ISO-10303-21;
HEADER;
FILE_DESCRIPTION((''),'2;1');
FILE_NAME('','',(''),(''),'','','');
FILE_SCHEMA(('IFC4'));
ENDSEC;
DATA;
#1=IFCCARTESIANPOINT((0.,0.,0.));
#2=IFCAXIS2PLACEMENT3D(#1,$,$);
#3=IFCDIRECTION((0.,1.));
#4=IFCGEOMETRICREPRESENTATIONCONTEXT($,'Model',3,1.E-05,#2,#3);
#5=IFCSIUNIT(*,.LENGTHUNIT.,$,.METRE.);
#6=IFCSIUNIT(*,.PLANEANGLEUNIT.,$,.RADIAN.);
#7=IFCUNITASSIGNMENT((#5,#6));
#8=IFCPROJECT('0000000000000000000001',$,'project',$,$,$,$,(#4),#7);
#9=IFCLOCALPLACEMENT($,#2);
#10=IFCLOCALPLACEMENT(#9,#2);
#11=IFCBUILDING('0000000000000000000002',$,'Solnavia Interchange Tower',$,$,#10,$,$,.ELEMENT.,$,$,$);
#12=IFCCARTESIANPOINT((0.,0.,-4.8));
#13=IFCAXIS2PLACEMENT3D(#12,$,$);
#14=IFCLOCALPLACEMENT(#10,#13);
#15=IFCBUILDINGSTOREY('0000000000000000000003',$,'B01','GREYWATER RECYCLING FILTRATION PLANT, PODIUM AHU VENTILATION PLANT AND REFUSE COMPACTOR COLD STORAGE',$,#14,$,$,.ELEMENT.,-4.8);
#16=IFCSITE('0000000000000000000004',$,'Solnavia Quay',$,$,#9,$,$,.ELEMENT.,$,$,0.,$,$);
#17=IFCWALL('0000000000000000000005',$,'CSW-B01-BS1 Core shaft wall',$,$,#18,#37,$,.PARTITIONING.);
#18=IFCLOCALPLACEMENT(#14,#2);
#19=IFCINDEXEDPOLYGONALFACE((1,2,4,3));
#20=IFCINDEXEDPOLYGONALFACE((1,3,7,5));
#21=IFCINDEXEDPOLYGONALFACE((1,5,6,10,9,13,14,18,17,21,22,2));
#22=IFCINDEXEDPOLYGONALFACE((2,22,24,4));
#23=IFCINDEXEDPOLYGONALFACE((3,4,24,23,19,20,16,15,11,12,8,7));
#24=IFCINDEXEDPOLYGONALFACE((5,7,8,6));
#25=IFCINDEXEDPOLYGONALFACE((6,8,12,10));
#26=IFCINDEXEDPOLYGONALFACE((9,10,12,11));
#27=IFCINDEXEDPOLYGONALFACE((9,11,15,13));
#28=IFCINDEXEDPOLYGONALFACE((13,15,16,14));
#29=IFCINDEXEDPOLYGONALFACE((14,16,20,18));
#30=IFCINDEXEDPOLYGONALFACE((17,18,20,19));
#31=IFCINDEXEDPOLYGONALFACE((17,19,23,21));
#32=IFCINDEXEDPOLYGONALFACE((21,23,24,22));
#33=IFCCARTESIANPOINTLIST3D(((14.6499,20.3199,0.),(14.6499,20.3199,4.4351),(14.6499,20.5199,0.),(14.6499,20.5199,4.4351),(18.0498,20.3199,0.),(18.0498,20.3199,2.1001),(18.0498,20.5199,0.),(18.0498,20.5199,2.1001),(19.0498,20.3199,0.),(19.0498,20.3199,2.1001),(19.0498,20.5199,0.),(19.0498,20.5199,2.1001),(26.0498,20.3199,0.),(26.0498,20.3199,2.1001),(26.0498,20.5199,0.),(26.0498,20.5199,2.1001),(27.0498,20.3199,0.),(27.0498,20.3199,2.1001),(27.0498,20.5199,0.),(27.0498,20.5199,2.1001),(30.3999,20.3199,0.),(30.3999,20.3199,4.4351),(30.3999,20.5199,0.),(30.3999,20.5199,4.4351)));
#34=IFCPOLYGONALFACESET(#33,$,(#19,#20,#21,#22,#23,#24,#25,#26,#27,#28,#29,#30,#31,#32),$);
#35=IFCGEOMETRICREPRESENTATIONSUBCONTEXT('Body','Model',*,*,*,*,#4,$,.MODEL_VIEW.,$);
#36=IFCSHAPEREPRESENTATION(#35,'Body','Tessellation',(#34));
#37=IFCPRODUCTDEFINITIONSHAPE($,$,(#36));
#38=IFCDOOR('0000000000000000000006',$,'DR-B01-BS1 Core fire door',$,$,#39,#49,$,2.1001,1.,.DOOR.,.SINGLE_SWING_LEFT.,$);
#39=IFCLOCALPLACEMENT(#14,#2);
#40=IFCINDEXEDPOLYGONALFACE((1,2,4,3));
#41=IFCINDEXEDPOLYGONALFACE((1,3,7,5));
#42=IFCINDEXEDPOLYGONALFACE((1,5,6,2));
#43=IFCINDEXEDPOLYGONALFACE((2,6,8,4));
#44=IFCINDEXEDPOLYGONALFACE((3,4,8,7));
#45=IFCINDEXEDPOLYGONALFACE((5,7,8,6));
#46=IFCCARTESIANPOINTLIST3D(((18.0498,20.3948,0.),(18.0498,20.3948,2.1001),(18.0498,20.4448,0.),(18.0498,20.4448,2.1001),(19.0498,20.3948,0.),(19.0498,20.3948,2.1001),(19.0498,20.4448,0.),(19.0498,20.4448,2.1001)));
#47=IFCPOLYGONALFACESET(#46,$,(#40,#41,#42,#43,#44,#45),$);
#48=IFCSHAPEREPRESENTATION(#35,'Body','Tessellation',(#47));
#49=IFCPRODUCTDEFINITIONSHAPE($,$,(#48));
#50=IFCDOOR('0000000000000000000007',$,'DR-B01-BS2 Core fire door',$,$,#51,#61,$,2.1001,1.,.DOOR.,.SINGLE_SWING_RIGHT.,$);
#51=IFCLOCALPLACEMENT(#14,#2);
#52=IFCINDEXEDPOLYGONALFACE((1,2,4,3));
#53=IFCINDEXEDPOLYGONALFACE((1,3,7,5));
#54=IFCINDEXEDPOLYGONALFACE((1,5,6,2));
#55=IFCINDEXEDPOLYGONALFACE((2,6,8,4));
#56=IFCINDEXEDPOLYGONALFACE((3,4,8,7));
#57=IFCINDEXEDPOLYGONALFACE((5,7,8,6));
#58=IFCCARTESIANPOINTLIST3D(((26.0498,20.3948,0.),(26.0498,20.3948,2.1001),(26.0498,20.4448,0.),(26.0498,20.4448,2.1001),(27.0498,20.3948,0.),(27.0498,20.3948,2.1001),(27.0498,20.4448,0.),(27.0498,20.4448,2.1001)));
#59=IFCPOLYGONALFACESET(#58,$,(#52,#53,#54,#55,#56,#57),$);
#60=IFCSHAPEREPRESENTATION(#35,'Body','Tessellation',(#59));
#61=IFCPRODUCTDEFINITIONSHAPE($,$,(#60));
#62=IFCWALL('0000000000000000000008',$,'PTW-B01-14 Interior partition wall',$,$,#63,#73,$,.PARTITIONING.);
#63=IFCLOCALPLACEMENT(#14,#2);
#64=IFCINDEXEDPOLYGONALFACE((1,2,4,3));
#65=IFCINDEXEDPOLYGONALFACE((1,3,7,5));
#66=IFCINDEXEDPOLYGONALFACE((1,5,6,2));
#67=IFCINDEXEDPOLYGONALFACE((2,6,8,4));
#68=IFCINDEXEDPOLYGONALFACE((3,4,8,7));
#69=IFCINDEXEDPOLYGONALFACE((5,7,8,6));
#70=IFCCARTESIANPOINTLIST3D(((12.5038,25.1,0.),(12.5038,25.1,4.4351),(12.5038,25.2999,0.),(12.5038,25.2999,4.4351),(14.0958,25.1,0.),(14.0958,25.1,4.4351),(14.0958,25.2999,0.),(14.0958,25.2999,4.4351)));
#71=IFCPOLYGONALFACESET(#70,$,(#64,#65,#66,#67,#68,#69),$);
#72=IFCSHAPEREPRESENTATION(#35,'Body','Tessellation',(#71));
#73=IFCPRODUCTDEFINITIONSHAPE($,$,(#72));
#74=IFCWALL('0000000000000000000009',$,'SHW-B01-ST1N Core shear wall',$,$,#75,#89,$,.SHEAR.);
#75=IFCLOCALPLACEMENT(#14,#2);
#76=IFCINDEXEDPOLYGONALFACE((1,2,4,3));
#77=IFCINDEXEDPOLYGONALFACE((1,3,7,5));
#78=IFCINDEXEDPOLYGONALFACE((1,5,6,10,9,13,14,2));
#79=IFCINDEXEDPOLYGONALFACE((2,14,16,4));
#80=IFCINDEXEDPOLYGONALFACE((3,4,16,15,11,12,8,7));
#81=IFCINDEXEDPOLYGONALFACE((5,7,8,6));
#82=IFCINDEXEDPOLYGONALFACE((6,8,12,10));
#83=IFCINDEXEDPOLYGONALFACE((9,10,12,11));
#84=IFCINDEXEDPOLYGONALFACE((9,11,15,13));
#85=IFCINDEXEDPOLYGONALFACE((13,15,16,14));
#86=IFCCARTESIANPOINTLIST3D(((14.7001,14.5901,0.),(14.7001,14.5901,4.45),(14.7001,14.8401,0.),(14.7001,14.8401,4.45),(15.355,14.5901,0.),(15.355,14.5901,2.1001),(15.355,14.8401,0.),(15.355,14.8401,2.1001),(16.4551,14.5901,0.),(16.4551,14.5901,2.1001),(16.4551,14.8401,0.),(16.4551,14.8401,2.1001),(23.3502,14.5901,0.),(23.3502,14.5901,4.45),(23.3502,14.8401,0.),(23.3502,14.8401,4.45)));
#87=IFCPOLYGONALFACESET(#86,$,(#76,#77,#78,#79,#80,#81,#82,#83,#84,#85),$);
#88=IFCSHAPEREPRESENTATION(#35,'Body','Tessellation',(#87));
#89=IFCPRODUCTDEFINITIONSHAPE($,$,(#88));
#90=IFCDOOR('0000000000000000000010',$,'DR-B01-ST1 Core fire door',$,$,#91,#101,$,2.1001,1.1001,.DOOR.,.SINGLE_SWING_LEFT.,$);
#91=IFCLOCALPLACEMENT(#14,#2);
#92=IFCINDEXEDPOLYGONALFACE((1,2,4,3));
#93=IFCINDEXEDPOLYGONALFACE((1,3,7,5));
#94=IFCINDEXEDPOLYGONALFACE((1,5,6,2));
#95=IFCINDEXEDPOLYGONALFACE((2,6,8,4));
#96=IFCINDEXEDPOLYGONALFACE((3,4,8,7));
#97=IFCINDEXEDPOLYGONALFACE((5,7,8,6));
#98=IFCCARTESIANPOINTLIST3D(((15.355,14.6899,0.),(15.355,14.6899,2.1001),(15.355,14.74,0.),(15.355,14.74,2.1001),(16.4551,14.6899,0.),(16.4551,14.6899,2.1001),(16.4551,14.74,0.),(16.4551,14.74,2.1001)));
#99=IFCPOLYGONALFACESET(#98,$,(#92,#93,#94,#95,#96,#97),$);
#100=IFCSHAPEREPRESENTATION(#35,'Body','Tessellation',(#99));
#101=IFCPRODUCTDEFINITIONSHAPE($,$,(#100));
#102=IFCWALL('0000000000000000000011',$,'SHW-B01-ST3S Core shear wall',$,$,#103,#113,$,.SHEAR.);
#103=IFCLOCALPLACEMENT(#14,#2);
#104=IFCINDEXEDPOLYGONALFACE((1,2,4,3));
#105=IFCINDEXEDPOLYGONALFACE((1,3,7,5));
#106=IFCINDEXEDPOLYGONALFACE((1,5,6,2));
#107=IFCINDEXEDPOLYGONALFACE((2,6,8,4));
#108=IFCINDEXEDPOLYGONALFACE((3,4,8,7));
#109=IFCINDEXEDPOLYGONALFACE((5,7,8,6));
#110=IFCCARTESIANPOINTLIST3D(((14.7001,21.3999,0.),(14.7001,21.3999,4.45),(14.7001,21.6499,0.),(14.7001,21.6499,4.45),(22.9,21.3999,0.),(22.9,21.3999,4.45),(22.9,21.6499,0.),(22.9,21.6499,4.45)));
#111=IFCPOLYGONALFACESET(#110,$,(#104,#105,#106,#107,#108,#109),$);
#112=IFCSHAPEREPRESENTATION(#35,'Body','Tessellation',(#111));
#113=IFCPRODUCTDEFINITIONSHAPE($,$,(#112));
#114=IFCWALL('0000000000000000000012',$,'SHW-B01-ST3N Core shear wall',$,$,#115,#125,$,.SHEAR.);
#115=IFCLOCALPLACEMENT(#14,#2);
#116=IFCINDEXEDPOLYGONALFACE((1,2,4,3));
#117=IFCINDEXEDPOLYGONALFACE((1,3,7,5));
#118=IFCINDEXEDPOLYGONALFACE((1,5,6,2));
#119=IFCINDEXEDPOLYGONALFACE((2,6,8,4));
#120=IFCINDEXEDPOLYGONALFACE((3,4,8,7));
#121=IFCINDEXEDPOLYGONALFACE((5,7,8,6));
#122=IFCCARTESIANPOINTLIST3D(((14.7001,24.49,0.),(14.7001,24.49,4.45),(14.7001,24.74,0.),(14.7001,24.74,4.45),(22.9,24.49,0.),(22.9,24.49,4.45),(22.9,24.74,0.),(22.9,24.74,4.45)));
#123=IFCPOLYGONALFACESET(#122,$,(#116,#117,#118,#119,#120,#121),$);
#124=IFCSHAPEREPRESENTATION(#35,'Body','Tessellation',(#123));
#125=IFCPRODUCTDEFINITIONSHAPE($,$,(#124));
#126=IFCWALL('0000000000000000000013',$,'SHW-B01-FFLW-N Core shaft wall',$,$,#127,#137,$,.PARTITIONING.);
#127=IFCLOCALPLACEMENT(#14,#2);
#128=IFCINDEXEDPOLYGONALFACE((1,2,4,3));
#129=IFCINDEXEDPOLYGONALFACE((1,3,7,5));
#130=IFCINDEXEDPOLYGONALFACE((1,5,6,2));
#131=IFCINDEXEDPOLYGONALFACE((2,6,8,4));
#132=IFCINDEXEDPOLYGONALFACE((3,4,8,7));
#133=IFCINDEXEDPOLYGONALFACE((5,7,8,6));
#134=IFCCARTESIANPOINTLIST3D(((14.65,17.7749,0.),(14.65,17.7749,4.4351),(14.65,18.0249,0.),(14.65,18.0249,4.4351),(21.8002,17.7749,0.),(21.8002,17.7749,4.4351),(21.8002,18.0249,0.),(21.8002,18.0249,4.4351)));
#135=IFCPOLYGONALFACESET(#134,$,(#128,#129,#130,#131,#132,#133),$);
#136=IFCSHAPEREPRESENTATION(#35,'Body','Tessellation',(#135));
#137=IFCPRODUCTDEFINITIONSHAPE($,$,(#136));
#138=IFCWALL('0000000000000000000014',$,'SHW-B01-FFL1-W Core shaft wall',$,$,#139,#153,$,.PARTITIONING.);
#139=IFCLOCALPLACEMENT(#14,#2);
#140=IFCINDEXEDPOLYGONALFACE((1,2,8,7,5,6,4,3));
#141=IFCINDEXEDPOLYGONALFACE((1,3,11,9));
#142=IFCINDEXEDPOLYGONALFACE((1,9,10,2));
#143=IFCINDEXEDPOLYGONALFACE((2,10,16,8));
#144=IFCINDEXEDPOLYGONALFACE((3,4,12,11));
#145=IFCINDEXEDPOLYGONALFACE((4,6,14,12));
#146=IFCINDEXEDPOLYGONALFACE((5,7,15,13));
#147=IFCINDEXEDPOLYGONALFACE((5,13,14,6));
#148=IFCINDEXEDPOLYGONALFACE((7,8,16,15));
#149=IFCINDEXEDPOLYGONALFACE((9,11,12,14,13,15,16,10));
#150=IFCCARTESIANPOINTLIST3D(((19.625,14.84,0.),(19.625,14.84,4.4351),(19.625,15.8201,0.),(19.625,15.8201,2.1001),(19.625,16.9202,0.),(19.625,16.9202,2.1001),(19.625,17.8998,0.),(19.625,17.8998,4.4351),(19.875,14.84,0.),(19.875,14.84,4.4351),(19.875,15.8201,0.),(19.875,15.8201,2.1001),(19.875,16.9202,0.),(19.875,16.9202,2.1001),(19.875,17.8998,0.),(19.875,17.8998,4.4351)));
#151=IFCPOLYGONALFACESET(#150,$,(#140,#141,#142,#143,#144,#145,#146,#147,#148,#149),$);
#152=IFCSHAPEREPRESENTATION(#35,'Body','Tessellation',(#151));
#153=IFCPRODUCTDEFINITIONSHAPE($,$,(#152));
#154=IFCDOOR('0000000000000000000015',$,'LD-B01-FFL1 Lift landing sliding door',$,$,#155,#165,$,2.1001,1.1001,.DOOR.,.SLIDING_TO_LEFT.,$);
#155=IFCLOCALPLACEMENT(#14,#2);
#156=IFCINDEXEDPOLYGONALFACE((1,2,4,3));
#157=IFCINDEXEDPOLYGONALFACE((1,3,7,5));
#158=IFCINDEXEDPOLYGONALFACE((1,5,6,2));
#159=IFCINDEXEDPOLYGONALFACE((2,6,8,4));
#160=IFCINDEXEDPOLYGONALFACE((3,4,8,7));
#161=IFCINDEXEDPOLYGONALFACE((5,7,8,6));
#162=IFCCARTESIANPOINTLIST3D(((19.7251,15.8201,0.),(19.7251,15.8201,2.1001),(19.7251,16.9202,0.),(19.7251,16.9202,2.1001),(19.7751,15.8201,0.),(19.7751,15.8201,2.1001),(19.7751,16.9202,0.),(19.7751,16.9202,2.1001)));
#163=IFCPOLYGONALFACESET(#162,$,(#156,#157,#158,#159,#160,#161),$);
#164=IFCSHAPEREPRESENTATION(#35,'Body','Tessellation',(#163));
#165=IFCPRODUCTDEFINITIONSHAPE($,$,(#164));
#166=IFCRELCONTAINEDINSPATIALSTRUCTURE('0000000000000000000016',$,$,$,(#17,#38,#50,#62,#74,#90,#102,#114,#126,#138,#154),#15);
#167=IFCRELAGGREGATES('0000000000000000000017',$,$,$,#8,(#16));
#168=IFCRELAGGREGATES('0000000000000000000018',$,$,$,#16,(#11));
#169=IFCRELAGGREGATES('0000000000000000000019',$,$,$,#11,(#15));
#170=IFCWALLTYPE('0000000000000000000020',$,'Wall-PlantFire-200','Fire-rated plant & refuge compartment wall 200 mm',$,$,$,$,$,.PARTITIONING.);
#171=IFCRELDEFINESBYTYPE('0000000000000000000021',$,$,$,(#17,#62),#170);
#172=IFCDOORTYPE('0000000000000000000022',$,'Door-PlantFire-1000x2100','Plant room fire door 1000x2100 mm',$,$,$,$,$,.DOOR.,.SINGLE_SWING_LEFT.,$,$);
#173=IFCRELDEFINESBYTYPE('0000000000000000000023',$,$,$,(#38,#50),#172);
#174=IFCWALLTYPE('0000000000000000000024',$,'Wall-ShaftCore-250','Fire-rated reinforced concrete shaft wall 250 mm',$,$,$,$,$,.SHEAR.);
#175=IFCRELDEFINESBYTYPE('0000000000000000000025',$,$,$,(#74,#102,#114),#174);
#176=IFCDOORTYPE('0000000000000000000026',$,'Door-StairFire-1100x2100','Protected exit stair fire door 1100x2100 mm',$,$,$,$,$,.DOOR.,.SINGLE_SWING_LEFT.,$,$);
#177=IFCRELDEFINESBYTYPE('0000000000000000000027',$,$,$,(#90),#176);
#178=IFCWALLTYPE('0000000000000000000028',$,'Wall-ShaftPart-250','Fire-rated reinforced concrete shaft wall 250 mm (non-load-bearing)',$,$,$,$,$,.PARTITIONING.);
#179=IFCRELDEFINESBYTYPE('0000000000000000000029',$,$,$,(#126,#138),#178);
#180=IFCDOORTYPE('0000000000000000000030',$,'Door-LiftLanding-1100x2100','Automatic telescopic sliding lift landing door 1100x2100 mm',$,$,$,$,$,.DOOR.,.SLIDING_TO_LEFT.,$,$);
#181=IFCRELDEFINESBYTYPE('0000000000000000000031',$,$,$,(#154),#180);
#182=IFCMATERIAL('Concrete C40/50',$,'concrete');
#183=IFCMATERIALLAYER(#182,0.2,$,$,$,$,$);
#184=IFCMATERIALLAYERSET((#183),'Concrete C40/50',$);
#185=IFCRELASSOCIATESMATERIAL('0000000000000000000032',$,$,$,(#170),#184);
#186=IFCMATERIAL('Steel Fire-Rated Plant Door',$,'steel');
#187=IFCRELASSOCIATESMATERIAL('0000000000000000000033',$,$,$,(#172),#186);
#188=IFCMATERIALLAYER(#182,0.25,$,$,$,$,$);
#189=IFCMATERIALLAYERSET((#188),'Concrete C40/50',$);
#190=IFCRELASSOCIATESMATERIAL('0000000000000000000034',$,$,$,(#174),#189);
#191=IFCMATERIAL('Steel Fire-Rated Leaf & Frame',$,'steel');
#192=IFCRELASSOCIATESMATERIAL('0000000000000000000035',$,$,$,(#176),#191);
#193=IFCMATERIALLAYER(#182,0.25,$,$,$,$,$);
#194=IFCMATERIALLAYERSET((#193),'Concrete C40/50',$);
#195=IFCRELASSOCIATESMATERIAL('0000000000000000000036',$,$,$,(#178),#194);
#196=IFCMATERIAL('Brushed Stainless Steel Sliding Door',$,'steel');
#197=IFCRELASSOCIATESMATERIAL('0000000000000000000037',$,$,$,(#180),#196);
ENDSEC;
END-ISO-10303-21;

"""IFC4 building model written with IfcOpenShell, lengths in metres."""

from ifc_helpers import new_model, si_unit, direction, frame, frame_2d, origin, place, context, subcontext, project, spatial, rectangle, extrude, material, layer, layer_set, type_object, element, fill, save


model = new_model("IFC4")

# Units and contexts
model_context = context("Model", 3, precision=1e-05, world=origin(), true_north=direction((0.0, 1.0)))
body_context = subcontext(model_context, "Body", "Model", "MODEL_VIEW")
ifc_project = project(units=[si_unit("LENGTHUNIT", "METRE"), si_unit("PLANEANGLEUNIT", "RADIAN")], contexts=[model_context])

# Site, building, storey
site_placement = place(None, origin())
site = spatial("IfcSite", under=ifc_project, at=site_placement, Name="Solnavia Quay", CompositionType="ELEMENT", RefElevation=0.0)
building_placement = place(site_placement, origin())
building = spatial("IfcBuilding", under=site, at=building_placement, Name="Solnavia Interchange Tower", CompositionType="ELEMENT")
storey_placement = place(building_placement, frame((0.0, 0.0, -4.8)))
storey = spatial("IfcBuildingStorey", under=building, at=storey_placement, Name="B01", Description="GREYWATER RECYCLING FILTRATION PLANT, PODIUM AHU VENTILATION PLANT AND REFUSE COMPACTOR COLD STORAGE", CompositionType="ELEMENT", Elevation=-4.8)

# Wall, openings, doors
ifc_material_1 = material(Name="Concrete C40/50", Category="concrete")
ifc_layer_1 = layer(ifc_material_1, 0.2)
ifc_layer_set_1 = layer_set([ifc_layer_1], Name="Concrete C40/50")
wall_type_1 = type_object("IfcWallType", Name="Wall-PlantFire-200", Description="Fire-rated plant & refuge compartment wall 200 mm", PredefinedType="PARTITIONING", material=ifc_layer_set_1)
wall_1_placement = place(storey_placement, frame((14.6499, 20.4199, 0.0), z_axis=(0.0, 0.0, 1.0), x_axis=(1.0, 0.0, 0.0)))
wall_1 = element("IfcWall", 1, at=wall_1_placement, inside=storey, type_object=wall_type_1, Name="CSW-B01-BS1 Core shaft wall", PredefinedType="PARTITIONING", context=body_context, shape_type="SweptSolid", body=[
    extrude(rectangle(XDim=15.75, YDim=0.2, at=frame_2d((7.875, 0.0))), origin(), (0.0, 0.0, 1.0), 4.4351),
])
opening_1_placement = place(wall_1_placement, frame((3.3999, 0.0, 0.0)))
opening_1 = element("IfcOpeningElement", 2, at=opening_1_placement, cuts=wall_1, PredefinedType="OPENING", context=body_context, shape_type="SweptSolid", body=[
    extrude(rectangle(XDim=1.0, YDim=2.1001, at=frame_2d((0.5, 1.05))), frame((0.0, 0.1099, 0.0), z_axis=(0.0, -1.0, 0.0), x_axis=(1.0, 0.0, 0.0)), (0.0, 0.0, 1.0), 0.22),
])
opening_2_placement = place(wall_1_placement, frame((11.3999, 0.0, 0.0)))
opening_2 = element("IfcOpeningElement", 3, at=opening_2_placement, cuts=wall_1, PredefinedType="OPENING", context=body_context, shape_type="SweptSolid", body=[
    extrude(rectangle(XDim=1.0, YDim=2.1001, at=frame_2d((0.5, 1.05))), frame((0.0, 0.1099, 0.0), z_axis=(0.0, -1.0, 0.0), x_axis=(1.0, 0.0, 0.0)), (0.0, 0.0, 1.0), 0.22),
])
ifc_material_2 = material(Name="Steel Fire-Rated Plant Door", Category="steel")
door_type_1 = type_object("IfcDoorType", Name="Door-PlantFire-1000x2100", Description="Plant room fire door 1000x2100 mm", OperationType="SINGLE_SWING_LEFT", PredefinedType="DOOR", material=ifc_material_2)
door_1_placement = place(opening_1_placement, origin())
door_1 = element("IfcDoor", 4, at=door_1_placement, inside=storey, type_object=door_type_1, Name="DR-B01-BS1 Core fire door", OperationType="SINGLE_SWING_LEFT", OverallHeight=2.1001, OverallWidth=1.0, PredefinedType="DOOR", context=body_context, shape_type="SweptSolid", body=[
    extrude(rectangle(XDim=1.0, YDim=2.1001, at=frame_2d((0.5, 1.05))), frame((0.0, 0.0249, 0.0), z_axis=(0.0, -1.0, 0.0), x_axis=(1.0, 0.0, 0.0)), (0.0, 0.0, 1.0), 0.05),
])
fill(opening_1, door_1)
door_2_placement = place(opening_2_placement, origin())
door_2 = element("IfcDoor", 5, at=door_2_placement, inside=storey, type_object=door_type_1, Name="DR-B01-BS2 Core fire door", OperationType="SINGLE_SWING_RIGHT", OverallHeight=2.1001, OverallWidth=1.0, PredefinedType="DOOR", context=body_context, shape_type="SweptSolid", body=[
    extrude(rectangle(XDim=1.0, YDim=2.1001, at=frame_2d((0.5, 1.05))), frame((0.0, 0.0249, 0.0), z_axis=(0.0, -1.0, 0.0), x_axis=(1.0, 0.0, 0.0)), (0.0, 0.0, 1.0), 0.05),
])
fill(opening_2, door_2)

# Wall
wall_2_placement = place(storey_placement, frame((12.5039, 25.2, 0.0), z_axis=(0.0, 0.0, 1.0), x_axis=(1.0, 0.0, 0.0)))
element("IfcWall", 6, at=wall_2_placement, inside=storey, type_object=wall_type_1, Name="PTW-B01-14 Interior partition wall", PredefinedType="PARTITIONING", context=body_context, shape_type="SweptSolid", body=[
    extrude(rectangle(XDim=1.592, YDim=0.2, at=frame_2d((0.7959, 0.0))), origin(), (0.0, 0.0, 1.0), 4.4351),
])

# Wall, opening, door
ifc_layer_2 = layer(ifc_material_1, 0.25)
ifc_layer_set_2 = layer_set([ifc_layer_2], Name="Concrete C40/50")
wall_type_2 = type_object("IfcWallType", Name="Wall-ShaftCore-250", Description="Fire-rated reinforced concrete shaft wall 250 mm", PredefinedType="SHEAR", material=ifc_layer_set_2)
wall_3_placement = place(storey_placement, frame((14.7, 14.7151, 0.0), z_axis=(0.0, 0.0, 1.0), x_axis=(1.0, 0.0, 0.0)))
wall_3 = element("IfcWall", 7, at=wall_3_placement, inside=storey, type_object=wall_type_2, Name="SHW-B01-ST1N Core shear wall", PredefinedType="SHEAR", context=body_context, shape_type="SweptSolid", body=[
    extrude(rectangle(XDim=8.6501, YDim=0.25, at=frame_2d((4.3252, 0.0))), origin(), (0.0, 0.0, 1.0), 4.45),
])
opening_3_placement = place(wall_3_placement, frame((0.655, 0.0, 0.0)))
opening_3 = element("IfcOpeningElement", 8, at=opening_3_placement, cuts=wall_3, PredefinedType="OPENING", context=body_context, shape_type="SweptSolid", body=[
    extrude(rectangle(XDim=1.1001, YDim=2.1001, at=frame_2d((0.55, 1.05))), frame((0.0, 0.135, 0.0), z_axis=(0.0, -1.0, 0.0), x_axis=(1.0, 0.0, 0.0)), (0.0, 0.0, 1.0), 0.27),
])
ifc_material_3 = material(Name="Steel Fire-Rated Leaf & Frame", Category="steel")
door_type_2 = type_object("IfcDoorType", Name="Door-StairFire-1100x2100", Description="Protected exit stair fire door 1100x2100 mm", OperationType="SINGLE_SWING_LEFT", PredefinedType="DOOR", material=ifc_material_3)
door_3_placement = place(opening_3_placement, origin())
door_3 = element("IfcDoor", 9, at=door_3_placement, inside=storey, type_object=door_type_2, Name="DR-B01-ST1 Core fire door", OperationType="SINGLE_SWING_LEFT", OverallHeight=2.1001, OverallWidth=1.1001, PredefinedType="DOOR", context=body_context, shape_type="SweptSolid", body=[
    extrude(rectangle(XDim=1.1001, YDim=2.1001, at=frame_2d((0.55, 1.05))), frame((0.0, 0.0249, 0.0), z_axis=(0.0, -1.0, 0.0), x_axis=(1.0, 0.0, 0.0)), (0.0, 0.0, 1.0), 0.05),
])
fill(opening_3, door_3)

# Walls
for number, where, z_axis, x_axis, name in (
    (10, (14.7, 21.5249, 0.0), (0.0, 0.0, 1.0), (1.0, 0.0, 0.0), "SHW-B01-ST3S Core shear wall"),
    (11, (14.7, 24.615, 0.0), (0.0, 0.0, 1.0), (1.0, 0.0, 0.0), "SHW-B01-ST3N Core shear wall"),
):
    element("IfcWall", number, at=place(storey_placement, frame(where, z_axis=z_axis, x_axis=x_axis)), inside=storey, type_object=wall_type_2, Name=name, PredefinedType="SHEAR", context=body_context, shape_type="SweptSolid", body=[
        extrude(rectangle(XDim=8.2, YDim=0.25, at=frame_2d((4.1001, 0.0))), origin(), (0.0, 0.0, 1.0), 4.45),
    ])
ifc_layer_3 = layer(ifc_material_1, 0.25)
ifc_layer_set_3 = layer_set([ifc_layer_3], Name="Concrete C40/50")
wall_type_3 = type_object("IfcWallType", Name="Wall-ShaftPart-250", Description="Fire-rated reinforced concrete shaft wall 250 mm (non-load-bearing)", PredefinedType="PARTITIONING", material=ifc_layer_set_3)
wall_4_placement = place(storey_placement, frame((14.6499, 17.8999, 0.0), z_axis=(0.0, 0.0, 1.0), x_axis=(1.0, 0.0, 0.0)))
element("IfcWall", 12, at=wall_4_placement, inside=storey, type_object=wall_type_3, Name="SHW-B01-FFLW-N Core shaft wall", PredefinedType="PARTITIONING", context=body_context, shape_type="SweptSolid", body=[
    extrude(rectangle(XDim=7.1501, YDim=0.25, at=frame_2d((3.5752, 0.0))), origin(), (0.0, 0.0, 1.0), 4.4351),
])

# Wall, opening, door
wall_5_placement = place(storey_placement, frame((19.75, 14.8401, 0.0), z_axis=(0.0, 0.0, 1.0), x_axis=(0.0, 1.0, 0.0)))
wall_5 = element("IfcWall", 13, at=wall_5_placement, inside=storey, type_object=wall_type_3, Name="SHW-B01-FFL1-W Core shaft wall", PredefinedType="PARTITIONING", context=body_context, shape_type="SweptSolid", body=[
    extrude(rectangle(XDim=3.0598, YDim=0.25, at=frame_2d((1.5298, 0.0))), origin(), (0.0, 0.0, 1.0), 4.4351),
])
opening_4_placement = place(wall_5_placement, frame((0.98, 0.0, 0.0)))
opening_4 = element("IfcOpeningElement", 14, at=opening_4_placement, cuts=wall_5, PredefinedType="OPENING", context=body_context, shape_type="SweptSolid", body=[
    extrude(rectangle(XDim=1.1001, YDim=2.1001, at=frame_2d((0.55, 1.05))), frame((0.0, 0.135, 0.0), z_axis=(0.0, -1.0, 0.0), x_axis=(1.0, 0.0, 0.0)), (0.0, 0.0, 1.0), 0.27),
])
ifc_material_4 = material(Name="Brushed Stainless Steel Sliding Door", Category="steel")
door_type_3 = type_object("IfcDoorType", Name="Door-LiftLanding-1100x2100", Description="Automatic telescopic sliding lift landing door 1100x2100 mm", OperationType="SLIDING_TO_LEFT", PredefinedType="DOOR", material=ifc_material_4)
door_4_placement = place(opening_4_placement, origin())
door_4 = element("IfcDoor", 15, at=door_4_placement, inside=storey, type_object=door_type_3, Name="LD-B01-FFL1 Lift landing sliding door", OperationType="SLIDING_TO_LEFT", OverallHeight=2.1001, OverallWidth=1.1001, PredefinedType="DOOR", context=body_context, shape_type="SweptSolid", body=[
    extrude(rectangle(XDim=1.1001, YDim=2.1001, at=frame_2d((0.55, 1.05))), frame((0.0, 0.0249, 0.0), z_axis=(0.0, -1.0, 0.0), x_axis=(1.0, 0.0, 0.0)), (0.0, 0.0, 1.0), 0.05),
])
fill(opening_4, door_4)

save(model, "model.ifc")
